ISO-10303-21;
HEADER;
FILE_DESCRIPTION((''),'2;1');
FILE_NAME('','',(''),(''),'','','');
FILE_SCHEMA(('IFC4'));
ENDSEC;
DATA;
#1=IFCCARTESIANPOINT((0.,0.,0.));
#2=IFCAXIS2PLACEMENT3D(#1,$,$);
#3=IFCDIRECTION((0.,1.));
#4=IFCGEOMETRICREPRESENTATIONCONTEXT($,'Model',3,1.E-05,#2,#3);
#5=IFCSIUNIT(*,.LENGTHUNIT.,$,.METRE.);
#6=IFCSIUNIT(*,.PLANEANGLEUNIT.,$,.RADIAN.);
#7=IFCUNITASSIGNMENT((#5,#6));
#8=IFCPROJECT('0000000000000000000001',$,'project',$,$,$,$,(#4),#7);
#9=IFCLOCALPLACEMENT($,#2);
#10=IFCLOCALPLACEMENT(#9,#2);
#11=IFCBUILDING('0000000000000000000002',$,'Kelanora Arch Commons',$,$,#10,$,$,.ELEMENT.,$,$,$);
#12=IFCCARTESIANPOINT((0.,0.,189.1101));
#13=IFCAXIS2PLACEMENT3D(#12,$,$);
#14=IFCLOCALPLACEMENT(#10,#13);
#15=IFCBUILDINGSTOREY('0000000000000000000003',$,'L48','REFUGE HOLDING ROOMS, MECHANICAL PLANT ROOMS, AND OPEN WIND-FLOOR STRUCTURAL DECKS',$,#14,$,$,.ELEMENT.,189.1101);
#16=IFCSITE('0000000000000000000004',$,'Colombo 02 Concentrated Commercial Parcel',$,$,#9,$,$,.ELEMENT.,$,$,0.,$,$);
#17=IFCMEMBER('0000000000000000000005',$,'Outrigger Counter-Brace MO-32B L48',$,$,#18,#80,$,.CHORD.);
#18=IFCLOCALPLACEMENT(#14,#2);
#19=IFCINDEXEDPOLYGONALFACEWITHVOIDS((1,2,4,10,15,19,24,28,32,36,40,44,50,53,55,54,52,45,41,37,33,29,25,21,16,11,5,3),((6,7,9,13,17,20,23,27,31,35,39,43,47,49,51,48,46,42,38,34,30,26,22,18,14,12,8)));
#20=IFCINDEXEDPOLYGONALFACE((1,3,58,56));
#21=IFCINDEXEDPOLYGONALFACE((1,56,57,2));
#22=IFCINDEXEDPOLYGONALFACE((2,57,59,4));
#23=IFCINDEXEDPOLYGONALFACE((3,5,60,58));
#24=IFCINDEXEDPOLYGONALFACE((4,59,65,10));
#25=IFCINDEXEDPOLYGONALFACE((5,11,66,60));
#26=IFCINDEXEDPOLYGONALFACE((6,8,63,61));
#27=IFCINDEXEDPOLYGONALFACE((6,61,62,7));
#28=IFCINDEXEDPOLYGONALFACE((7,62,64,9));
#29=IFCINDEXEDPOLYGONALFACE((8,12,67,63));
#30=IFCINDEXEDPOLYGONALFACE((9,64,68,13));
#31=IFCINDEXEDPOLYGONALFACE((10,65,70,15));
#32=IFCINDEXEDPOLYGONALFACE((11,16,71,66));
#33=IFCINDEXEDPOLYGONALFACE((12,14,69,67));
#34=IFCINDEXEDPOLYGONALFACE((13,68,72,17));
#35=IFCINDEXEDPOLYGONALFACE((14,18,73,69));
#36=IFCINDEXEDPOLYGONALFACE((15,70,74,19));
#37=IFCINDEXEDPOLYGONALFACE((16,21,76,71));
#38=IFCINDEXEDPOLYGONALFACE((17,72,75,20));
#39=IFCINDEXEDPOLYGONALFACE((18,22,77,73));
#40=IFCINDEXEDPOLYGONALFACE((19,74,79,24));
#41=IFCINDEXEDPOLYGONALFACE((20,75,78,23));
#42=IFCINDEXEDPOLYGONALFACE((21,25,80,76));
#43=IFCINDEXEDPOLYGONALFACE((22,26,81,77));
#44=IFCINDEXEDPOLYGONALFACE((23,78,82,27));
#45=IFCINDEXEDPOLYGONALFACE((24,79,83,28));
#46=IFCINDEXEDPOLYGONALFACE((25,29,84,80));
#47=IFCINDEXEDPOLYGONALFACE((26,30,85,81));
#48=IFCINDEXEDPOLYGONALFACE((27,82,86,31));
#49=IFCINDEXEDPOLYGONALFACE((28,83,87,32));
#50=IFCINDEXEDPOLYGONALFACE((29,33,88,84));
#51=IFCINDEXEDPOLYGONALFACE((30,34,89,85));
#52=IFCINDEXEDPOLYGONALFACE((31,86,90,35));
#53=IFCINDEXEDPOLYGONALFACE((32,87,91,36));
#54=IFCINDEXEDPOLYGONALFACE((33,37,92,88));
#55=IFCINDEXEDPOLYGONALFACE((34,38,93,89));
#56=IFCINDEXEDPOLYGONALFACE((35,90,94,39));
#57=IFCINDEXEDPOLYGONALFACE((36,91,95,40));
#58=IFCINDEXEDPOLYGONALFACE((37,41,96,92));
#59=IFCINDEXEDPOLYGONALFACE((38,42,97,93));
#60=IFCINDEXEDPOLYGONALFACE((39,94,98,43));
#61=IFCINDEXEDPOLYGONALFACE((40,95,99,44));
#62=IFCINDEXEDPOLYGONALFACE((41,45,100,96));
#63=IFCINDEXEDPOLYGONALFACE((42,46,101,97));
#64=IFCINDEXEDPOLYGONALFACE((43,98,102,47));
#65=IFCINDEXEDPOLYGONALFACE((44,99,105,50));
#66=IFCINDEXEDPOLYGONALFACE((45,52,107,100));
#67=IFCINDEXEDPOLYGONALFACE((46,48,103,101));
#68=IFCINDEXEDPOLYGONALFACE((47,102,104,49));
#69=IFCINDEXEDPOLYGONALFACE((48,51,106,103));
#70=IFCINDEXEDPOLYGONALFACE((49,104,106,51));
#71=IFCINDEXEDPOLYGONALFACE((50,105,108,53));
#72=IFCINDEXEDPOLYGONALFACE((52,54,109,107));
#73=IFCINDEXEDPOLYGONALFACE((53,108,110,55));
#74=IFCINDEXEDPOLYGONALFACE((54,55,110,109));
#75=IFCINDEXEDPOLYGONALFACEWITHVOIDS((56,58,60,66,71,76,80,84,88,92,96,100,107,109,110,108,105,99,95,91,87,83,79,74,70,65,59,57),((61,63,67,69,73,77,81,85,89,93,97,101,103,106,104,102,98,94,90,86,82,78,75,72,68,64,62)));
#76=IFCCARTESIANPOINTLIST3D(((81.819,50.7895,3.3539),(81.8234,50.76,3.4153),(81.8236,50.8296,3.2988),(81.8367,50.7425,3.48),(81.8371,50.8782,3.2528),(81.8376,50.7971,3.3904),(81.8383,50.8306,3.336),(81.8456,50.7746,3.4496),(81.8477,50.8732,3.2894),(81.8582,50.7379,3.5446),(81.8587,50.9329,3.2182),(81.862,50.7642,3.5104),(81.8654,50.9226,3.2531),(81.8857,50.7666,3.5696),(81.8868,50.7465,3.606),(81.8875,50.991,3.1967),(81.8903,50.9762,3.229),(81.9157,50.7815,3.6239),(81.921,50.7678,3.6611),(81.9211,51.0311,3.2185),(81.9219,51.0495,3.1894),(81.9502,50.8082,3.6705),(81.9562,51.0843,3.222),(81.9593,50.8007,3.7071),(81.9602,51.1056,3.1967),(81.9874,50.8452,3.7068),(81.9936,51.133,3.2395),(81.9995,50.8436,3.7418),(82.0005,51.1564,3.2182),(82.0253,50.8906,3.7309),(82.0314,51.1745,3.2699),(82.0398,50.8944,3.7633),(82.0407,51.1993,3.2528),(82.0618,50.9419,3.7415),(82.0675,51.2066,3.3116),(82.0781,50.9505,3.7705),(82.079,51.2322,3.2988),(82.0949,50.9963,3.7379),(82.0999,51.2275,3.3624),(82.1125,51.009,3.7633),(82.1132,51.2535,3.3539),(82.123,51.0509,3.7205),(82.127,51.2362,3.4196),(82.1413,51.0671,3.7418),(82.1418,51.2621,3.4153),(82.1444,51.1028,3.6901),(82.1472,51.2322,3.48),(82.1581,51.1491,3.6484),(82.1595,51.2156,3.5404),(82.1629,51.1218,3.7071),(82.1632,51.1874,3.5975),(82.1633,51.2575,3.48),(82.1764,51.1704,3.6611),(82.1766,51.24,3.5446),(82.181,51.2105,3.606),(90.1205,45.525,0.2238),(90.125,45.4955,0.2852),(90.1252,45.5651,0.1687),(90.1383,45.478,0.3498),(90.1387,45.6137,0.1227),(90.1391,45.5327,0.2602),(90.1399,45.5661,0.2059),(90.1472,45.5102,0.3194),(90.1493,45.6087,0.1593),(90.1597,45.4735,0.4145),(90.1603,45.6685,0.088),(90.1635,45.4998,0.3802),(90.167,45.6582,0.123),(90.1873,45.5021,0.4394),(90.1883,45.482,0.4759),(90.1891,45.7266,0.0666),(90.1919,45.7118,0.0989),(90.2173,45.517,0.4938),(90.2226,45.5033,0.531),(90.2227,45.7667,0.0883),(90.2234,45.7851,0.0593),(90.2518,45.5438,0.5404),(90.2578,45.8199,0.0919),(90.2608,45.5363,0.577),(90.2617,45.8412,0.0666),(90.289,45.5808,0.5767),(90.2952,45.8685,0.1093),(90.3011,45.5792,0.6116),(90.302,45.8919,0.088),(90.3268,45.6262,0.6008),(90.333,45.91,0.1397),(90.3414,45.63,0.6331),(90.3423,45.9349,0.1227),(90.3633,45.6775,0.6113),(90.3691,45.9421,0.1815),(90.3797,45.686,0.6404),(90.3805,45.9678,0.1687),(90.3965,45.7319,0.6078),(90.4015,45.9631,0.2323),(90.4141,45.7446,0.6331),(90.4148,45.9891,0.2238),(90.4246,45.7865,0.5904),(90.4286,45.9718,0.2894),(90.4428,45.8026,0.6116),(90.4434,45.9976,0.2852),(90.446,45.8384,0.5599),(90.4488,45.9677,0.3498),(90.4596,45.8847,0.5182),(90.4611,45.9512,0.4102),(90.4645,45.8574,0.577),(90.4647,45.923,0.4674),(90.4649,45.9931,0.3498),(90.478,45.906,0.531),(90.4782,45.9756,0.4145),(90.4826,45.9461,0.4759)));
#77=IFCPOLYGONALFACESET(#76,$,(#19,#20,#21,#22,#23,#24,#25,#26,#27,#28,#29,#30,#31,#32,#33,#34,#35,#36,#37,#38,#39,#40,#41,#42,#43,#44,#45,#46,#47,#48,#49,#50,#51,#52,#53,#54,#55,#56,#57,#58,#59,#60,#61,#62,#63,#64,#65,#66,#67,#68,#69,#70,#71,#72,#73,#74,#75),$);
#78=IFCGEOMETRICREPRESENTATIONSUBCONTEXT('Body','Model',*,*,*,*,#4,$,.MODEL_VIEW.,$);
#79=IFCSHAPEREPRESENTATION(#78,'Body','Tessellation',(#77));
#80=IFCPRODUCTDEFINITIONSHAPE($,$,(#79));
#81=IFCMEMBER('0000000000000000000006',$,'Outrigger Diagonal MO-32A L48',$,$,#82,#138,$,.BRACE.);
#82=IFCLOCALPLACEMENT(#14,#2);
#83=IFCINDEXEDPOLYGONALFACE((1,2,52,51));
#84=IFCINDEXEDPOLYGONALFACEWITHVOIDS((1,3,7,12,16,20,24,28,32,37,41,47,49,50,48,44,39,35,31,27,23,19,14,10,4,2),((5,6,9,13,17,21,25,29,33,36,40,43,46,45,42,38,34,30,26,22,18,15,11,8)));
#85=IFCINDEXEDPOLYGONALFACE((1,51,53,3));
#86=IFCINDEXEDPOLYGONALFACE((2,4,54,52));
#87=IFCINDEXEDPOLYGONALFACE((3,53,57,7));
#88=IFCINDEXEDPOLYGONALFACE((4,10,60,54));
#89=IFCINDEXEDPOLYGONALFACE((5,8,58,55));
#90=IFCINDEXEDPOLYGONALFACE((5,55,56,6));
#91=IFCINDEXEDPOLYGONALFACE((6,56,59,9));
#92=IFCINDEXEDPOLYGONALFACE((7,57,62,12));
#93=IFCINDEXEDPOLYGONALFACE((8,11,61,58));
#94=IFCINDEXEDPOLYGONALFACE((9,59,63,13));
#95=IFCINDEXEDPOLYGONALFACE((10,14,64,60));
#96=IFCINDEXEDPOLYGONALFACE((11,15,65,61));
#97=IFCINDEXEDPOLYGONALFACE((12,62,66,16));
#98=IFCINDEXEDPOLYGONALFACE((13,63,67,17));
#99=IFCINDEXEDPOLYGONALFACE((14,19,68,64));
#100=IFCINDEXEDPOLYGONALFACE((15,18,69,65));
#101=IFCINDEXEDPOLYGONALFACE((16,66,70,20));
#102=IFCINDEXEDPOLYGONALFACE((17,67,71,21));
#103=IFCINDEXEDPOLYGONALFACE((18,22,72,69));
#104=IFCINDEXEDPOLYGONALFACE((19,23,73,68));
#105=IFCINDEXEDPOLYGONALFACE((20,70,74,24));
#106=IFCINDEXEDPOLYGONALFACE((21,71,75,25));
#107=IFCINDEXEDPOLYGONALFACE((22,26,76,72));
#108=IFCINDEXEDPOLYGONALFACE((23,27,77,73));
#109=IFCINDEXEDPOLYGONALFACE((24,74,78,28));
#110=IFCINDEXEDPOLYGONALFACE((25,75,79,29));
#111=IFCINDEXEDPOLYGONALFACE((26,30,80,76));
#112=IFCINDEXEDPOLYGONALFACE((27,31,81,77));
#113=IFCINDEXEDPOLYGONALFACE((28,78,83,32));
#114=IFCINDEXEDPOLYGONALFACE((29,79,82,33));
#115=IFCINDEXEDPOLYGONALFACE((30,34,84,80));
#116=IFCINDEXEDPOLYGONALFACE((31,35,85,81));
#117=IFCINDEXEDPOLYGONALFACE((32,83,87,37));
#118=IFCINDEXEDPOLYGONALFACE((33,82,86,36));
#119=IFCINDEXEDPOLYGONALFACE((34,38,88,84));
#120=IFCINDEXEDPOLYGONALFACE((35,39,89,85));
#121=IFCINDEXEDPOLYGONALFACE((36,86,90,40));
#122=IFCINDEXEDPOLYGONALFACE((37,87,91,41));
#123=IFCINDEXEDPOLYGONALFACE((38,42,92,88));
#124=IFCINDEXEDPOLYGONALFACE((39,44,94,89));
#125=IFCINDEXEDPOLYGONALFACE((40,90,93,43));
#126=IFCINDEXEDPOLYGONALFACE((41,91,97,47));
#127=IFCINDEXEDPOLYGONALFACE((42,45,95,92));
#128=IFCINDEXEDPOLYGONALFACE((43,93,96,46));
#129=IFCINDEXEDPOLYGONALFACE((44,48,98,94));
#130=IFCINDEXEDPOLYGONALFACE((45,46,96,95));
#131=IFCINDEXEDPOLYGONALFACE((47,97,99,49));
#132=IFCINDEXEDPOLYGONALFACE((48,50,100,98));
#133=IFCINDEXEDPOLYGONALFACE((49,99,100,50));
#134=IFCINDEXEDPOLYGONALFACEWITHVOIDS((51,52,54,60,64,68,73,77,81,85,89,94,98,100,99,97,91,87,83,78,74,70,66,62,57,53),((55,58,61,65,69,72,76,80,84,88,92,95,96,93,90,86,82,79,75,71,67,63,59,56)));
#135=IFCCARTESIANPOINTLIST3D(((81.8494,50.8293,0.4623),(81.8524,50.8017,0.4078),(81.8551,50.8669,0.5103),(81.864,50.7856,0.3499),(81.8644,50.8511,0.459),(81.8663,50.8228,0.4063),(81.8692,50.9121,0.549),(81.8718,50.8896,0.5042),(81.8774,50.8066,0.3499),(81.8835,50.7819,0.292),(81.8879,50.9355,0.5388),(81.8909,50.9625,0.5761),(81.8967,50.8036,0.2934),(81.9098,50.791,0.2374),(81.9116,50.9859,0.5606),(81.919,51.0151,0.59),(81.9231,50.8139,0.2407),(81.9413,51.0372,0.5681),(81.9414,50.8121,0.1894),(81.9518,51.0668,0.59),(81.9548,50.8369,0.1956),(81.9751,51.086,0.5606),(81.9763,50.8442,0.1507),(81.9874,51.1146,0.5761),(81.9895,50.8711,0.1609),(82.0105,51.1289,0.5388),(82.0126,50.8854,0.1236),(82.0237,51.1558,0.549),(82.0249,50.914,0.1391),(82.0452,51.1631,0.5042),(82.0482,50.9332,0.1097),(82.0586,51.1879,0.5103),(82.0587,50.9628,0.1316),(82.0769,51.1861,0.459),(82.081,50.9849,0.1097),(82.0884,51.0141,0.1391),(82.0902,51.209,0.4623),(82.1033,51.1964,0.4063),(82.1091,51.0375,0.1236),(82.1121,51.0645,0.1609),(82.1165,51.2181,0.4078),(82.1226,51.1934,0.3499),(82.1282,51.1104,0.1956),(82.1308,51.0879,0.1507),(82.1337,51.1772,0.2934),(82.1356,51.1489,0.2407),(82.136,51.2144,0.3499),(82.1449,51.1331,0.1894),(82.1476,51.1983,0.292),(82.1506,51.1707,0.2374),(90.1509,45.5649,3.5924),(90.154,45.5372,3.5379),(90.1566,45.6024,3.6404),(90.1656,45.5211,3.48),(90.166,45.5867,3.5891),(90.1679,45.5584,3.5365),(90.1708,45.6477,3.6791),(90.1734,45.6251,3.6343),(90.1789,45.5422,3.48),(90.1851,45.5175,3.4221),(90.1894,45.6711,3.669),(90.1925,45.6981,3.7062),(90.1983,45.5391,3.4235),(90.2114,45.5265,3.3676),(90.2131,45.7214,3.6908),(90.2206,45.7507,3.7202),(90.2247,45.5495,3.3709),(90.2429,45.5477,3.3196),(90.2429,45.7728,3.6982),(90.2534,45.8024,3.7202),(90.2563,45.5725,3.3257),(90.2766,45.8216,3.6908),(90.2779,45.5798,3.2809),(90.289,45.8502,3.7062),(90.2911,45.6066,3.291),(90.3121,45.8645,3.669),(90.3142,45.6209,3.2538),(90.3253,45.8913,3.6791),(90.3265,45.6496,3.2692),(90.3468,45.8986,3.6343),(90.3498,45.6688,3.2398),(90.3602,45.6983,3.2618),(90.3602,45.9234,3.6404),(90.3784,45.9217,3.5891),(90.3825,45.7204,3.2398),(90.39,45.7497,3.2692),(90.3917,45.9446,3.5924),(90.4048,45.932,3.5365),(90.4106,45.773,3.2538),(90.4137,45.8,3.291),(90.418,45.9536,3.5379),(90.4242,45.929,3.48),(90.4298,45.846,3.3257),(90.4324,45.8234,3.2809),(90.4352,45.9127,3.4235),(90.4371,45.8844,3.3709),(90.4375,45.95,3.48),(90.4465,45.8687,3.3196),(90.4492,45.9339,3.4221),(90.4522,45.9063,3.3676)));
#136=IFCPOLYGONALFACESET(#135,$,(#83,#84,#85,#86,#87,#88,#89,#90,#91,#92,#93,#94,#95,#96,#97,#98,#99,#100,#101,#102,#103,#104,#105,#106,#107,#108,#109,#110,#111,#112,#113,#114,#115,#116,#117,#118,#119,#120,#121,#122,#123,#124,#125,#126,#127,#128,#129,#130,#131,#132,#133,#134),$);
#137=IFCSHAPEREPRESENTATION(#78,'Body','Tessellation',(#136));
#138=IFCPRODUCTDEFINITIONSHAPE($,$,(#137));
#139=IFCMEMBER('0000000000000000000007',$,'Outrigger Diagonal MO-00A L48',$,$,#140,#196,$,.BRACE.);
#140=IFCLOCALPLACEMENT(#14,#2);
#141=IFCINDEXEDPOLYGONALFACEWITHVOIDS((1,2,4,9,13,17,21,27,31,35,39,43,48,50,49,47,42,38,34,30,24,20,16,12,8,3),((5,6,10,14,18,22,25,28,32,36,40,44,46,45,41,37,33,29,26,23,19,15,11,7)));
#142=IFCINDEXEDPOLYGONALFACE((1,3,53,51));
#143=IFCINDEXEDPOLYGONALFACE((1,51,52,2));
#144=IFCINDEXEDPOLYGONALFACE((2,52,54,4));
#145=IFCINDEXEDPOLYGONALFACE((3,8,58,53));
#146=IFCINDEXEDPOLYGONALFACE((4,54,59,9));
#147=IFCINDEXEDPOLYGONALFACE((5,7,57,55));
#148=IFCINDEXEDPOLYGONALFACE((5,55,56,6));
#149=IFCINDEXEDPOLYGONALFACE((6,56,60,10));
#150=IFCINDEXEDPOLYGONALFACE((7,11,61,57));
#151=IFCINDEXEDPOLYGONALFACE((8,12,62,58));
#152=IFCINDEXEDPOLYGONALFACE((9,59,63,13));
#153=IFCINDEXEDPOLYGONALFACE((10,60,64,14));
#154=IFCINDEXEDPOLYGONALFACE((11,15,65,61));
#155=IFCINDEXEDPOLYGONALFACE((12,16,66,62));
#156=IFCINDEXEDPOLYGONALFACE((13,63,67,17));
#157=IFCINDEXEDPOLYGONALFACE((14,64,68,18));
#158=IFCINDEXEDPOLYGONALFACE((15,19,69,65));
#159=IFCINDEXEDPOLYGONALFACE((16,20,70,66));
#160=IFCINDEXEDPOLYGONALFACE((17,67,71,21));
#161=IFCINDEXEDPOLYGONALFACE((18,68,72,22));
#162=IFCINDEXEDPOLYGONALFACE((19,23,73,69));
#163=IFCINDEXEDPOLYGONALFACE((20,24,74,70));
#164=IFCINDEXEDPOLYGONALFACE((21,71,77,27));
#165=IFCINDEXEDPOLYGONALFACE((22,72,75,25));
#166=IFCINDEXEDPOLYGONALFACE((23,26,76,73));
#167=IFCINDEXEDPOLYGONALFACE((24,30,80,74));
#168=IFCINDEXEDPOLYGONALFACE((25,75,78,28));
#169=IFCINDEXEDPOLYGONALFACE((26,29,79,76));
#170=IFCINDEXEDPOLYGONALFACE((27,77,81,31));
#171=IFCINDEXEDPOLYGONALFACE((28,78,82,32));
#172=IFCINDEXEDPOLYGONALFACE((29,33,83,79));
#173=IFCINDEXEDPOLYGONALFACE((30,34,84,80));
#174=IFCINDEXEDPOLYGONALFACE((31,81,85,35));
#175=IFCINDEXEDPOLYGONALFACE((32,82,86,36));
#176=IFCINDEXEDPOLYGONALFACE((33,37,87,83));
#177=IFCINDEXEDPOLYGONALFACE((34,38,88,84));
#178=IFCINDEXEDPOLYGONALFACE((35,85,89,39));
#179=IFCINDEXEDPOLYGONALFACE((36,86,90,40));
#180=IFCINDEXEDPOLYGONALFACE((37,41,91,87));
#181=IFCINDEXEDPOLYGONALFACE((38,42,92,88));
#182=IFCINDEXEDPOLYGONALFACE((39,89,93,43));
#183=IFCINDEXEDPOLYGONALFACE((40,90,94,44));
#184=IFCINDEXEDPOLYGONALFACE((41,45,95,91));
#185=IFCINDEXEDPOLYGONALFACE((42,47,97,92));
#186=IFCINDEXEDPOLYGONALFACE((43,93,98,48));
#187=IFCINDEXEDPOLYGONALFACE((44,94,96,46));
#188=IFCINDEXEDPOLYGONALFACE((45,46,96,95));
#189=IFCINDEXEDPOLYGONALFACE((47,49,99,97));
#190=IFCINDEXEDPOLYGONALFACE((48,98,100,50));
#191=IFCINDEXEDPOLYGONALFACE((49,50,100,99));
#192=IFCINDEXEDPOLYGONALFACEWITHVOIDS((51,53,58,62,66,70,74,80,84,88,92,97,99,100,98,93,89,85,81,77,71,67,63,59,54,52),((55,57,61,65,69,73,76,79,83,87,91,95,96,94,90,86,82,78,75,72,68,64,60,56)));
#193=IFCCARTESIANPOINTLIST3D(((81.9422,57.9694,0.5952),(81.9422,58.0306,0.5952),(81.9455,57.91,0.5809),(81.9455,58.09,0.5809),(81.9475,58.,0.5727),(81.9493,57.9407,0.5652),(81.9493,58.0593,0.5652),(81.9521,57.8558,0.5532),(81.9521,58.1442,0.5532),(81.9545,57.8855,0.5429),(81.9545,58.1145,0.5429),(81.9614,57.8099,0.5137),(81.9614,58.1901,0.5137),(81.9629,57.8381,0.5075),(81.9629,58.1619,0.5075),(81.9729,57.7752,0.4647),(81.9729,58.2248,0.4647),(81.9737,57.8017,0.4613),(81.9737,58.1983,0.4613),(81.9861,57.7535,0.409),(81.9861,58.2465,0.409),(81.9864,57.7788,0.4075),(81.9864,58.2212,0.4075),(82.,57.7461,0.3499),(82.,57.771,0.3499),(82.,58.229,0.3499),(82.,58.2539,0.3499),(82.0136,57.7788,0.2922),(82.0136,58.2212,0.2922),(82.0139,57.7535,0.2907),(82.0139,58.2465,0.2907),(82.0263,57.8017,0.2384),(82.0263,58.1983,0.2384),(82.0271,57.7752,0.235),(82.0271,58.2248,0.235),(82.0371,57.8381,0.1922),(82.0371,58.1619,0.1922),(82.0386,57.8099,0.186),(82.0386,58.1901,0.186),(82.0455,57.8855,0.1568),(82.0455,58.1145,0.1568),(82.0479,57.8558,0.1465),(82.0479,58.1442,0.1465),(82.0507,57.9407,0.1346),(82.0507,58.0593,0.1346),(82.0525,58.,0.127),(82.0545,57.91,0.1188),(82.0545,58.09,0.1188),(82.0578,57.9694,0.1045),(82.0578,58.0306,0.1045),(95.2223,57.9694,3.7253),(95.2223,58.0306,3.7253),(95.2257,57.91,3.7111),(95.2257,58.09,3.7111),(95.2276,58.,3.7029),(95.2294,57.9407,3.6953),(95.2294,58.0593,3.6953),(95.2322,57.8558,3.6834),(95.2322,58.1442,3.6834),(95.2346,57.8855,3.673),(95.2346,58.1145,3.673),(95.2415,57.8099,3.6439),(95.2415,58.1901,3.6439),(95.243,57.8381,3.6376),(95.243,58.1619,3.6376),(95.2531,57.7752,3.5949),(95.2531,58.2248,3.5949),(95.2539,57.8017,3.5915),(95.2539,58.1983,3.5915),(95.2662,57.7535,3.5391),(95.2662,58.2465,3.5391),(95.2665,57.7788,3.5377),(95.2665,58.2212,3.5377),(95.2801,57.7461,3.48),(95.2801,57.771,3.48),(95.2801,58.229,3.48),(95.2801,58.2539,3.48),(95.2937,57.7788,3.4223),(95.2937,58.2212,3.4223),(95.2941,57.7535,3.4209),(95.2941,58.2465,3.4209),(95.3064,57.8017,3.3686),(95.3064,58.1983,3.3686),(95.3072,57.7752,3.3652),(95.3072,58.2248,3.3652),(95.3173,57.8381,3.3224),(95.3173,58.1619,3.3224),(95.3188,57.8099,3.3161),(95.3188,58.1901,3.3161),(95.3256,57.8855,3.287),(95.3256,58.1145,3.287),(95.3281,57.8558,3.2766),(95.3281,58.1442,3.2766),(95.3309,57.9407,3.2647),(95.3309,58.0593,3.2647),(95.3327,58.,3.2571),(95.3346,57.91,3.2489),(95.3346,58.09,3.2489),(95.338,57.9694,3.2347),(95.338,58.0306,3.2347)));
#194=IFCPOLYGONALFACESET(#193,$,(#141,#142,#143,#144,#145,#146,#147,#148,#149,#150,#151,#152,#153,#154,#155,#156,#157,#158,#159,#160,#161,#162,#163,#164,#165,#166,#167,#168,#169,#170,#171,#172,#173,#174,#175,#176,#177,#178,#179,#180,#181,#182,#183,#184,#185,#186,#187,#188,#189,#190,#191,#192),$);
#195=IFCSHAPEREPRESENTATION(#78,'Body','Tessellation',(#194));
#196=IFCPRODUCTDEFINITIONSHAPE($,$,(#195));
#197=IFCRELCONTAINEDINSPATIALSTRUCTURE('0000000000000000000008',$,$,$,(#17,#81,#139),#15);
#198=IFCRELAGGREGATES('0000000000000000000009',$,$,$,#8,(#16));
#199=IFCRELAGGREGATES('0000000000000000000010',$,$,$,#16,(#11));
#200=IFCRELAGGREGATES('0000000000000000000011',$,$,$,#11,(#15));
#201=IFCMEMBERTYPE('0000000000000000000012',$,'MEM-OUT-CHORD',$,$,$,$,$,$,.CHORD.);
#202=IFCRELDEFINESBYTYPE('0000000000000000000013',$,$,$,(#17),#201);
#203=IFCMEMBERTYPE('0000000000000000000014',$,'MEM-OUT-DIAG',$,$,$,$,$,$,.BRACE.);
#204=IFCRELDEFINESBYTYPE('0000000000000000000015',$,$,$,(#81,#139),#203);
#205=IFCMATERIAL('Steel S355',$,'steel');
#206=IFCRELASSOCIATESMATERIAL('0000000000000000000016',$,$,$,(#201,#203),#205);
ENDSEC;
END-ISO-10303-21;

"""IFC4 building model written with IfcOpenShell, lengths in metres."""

from ifc_helpers import new_model, si_unit, direction, frame, origin, origin_2d, place, context, subcontext, project, spatial, hollow_circle, extrude, material, material_profile, profile_set, type_object, element, save


model = new_model("IFC4")

# Units and contexts
model_context = context("Model", 3, precision=1e-05, world=origin(), true_north=direction((0.0, 1.0)))
body_context = subcontext(model_context, "Body", "Model", "MODEL_VIEW")
ifc_project = project(units=[si_unit("LENGTHUNIT", "METRE"), si_unit("PLANEANGLEUNIT", "RADIAN")], contexts=[model_context])

# Site, building, storey
site_placement = place(None, origin())
site = spatial("IfcSite", under=ifc_project, at=site_placement, Name="Colombo 02 Concentrated Commercial Parcel", CompositionType="ELEMENT", RefElevation=0.0)
building_placement = place(site_placement, origin())
building = spatial("IfcBuilding", under=site, at=building_placement, Name="Kelanora Arch Commons", CompositionType="ELEMENT")
storey_placement = place(building_placement, frame((0.0, 0.0, 189.1101)))
storey = spatial("IfcBuildingStorey", under=building, at=storey_placement, Name="L48", Description="REFUGE HOLDING ROOMS, MECHANICAL PLANT ROOMS, AND OPEN WIND-FLOOR STRUCTURAL DECKS", CompositionType="ELEMENT", Elevation=189.1101)

# Shared definitions
ifc_material_1 = material(Name="Steel S355", Category="steel")

# Members
ifc_material_profile_1 = material_profile(ifc_material_1, hollow_circle(Radius=0.3049, WallThickness=0.03, at=origin_2d()), Name="CHS610x30")
ifc_profile_set_1 = profile_set([ifc_material_profile_1], Name="Steel S355")
member_type_1 = type_object("IfcMemberType", Name="MEM-OUT-CHORD", PredefinedType="CHORD", material=ifc_profile_set_1)
member_1_placement = place(storey_placement, frame((82.0, 51.0, 3.48), z_axis=(0.804696, -0.510298, -0.303415), x_axis=(0.535544, 0.844507, 0.0)))
element("IfcMember", 1, at=member_1_placement, inside=storey, type_object=member_type_1, Name="Outrigger Counter-Brace MO-32B L48", PredefinedType="CHORD", context=body_context, shape_type="SweptSolid", body=[
    extrude(hollow_circle(Radius=0.3049, WallThickness=0.03, at=origin_2d()), origin(), (0.0, 0.0, 1.0), 10.3164),
])
ifc_material_profile_2 = material_profile(ifc_material_1, hollow_circle(Radius=0.2539, WallThickness=0.0249, at=origin_2d()), Name="CHS508x25")
ifc_profile_set_2 = profile_set([ifc_material_profile_2], Name="Steel S355")
member_type_2 = type_object("IfcMemberType", Name="MEM-OUT-DIAG", PredefinedType="BRACE", material=ifc_profile_set_2)
member_2_placement = place(storey_placement, frame((82.0, 51.0, 0.3499), z_axis=(0.804696, -0.510298, 0.303415), x_axis=(0.535544, 0.844507, 0.0)))
element("IfcMember", 2, at=member_2_placement, inside=storey, type_object=member_type_2, Name="Outrigger Diagonal MO-32A L48", PredefinedType="BRACE", context=body_context, shape_type="SweptSolid", body=[
    extrude(hollow_circle(Radius=0.2539, WallThickness=0.0249, at=origin_2d()), origin(), (0.0, 0.0, 1.0), 10.3164),
])
member_3_placement = place(storey_placement, frame((82.0, 58.0, 0.3499), z_axis=(0.973329, 0.0, 0.229415), x_axis=(0.0, 1.0, 0.0)))
element("IfcMember", 3, at=member_3_placement, inside=storey, type_object=member_type_2, Name="Outrigger Diagonal MO-00A L48", PredefinedType="BRACE", context=body_context, shape_type="SweptSolid", body=[
    extrude(hollow_circle(Radius=0.2539, WallThickness=0.0249, at=origin_2d()), origin(), (0.0, 0.0, 1.0), 13.644),
])

save(model, "model.ifc")
